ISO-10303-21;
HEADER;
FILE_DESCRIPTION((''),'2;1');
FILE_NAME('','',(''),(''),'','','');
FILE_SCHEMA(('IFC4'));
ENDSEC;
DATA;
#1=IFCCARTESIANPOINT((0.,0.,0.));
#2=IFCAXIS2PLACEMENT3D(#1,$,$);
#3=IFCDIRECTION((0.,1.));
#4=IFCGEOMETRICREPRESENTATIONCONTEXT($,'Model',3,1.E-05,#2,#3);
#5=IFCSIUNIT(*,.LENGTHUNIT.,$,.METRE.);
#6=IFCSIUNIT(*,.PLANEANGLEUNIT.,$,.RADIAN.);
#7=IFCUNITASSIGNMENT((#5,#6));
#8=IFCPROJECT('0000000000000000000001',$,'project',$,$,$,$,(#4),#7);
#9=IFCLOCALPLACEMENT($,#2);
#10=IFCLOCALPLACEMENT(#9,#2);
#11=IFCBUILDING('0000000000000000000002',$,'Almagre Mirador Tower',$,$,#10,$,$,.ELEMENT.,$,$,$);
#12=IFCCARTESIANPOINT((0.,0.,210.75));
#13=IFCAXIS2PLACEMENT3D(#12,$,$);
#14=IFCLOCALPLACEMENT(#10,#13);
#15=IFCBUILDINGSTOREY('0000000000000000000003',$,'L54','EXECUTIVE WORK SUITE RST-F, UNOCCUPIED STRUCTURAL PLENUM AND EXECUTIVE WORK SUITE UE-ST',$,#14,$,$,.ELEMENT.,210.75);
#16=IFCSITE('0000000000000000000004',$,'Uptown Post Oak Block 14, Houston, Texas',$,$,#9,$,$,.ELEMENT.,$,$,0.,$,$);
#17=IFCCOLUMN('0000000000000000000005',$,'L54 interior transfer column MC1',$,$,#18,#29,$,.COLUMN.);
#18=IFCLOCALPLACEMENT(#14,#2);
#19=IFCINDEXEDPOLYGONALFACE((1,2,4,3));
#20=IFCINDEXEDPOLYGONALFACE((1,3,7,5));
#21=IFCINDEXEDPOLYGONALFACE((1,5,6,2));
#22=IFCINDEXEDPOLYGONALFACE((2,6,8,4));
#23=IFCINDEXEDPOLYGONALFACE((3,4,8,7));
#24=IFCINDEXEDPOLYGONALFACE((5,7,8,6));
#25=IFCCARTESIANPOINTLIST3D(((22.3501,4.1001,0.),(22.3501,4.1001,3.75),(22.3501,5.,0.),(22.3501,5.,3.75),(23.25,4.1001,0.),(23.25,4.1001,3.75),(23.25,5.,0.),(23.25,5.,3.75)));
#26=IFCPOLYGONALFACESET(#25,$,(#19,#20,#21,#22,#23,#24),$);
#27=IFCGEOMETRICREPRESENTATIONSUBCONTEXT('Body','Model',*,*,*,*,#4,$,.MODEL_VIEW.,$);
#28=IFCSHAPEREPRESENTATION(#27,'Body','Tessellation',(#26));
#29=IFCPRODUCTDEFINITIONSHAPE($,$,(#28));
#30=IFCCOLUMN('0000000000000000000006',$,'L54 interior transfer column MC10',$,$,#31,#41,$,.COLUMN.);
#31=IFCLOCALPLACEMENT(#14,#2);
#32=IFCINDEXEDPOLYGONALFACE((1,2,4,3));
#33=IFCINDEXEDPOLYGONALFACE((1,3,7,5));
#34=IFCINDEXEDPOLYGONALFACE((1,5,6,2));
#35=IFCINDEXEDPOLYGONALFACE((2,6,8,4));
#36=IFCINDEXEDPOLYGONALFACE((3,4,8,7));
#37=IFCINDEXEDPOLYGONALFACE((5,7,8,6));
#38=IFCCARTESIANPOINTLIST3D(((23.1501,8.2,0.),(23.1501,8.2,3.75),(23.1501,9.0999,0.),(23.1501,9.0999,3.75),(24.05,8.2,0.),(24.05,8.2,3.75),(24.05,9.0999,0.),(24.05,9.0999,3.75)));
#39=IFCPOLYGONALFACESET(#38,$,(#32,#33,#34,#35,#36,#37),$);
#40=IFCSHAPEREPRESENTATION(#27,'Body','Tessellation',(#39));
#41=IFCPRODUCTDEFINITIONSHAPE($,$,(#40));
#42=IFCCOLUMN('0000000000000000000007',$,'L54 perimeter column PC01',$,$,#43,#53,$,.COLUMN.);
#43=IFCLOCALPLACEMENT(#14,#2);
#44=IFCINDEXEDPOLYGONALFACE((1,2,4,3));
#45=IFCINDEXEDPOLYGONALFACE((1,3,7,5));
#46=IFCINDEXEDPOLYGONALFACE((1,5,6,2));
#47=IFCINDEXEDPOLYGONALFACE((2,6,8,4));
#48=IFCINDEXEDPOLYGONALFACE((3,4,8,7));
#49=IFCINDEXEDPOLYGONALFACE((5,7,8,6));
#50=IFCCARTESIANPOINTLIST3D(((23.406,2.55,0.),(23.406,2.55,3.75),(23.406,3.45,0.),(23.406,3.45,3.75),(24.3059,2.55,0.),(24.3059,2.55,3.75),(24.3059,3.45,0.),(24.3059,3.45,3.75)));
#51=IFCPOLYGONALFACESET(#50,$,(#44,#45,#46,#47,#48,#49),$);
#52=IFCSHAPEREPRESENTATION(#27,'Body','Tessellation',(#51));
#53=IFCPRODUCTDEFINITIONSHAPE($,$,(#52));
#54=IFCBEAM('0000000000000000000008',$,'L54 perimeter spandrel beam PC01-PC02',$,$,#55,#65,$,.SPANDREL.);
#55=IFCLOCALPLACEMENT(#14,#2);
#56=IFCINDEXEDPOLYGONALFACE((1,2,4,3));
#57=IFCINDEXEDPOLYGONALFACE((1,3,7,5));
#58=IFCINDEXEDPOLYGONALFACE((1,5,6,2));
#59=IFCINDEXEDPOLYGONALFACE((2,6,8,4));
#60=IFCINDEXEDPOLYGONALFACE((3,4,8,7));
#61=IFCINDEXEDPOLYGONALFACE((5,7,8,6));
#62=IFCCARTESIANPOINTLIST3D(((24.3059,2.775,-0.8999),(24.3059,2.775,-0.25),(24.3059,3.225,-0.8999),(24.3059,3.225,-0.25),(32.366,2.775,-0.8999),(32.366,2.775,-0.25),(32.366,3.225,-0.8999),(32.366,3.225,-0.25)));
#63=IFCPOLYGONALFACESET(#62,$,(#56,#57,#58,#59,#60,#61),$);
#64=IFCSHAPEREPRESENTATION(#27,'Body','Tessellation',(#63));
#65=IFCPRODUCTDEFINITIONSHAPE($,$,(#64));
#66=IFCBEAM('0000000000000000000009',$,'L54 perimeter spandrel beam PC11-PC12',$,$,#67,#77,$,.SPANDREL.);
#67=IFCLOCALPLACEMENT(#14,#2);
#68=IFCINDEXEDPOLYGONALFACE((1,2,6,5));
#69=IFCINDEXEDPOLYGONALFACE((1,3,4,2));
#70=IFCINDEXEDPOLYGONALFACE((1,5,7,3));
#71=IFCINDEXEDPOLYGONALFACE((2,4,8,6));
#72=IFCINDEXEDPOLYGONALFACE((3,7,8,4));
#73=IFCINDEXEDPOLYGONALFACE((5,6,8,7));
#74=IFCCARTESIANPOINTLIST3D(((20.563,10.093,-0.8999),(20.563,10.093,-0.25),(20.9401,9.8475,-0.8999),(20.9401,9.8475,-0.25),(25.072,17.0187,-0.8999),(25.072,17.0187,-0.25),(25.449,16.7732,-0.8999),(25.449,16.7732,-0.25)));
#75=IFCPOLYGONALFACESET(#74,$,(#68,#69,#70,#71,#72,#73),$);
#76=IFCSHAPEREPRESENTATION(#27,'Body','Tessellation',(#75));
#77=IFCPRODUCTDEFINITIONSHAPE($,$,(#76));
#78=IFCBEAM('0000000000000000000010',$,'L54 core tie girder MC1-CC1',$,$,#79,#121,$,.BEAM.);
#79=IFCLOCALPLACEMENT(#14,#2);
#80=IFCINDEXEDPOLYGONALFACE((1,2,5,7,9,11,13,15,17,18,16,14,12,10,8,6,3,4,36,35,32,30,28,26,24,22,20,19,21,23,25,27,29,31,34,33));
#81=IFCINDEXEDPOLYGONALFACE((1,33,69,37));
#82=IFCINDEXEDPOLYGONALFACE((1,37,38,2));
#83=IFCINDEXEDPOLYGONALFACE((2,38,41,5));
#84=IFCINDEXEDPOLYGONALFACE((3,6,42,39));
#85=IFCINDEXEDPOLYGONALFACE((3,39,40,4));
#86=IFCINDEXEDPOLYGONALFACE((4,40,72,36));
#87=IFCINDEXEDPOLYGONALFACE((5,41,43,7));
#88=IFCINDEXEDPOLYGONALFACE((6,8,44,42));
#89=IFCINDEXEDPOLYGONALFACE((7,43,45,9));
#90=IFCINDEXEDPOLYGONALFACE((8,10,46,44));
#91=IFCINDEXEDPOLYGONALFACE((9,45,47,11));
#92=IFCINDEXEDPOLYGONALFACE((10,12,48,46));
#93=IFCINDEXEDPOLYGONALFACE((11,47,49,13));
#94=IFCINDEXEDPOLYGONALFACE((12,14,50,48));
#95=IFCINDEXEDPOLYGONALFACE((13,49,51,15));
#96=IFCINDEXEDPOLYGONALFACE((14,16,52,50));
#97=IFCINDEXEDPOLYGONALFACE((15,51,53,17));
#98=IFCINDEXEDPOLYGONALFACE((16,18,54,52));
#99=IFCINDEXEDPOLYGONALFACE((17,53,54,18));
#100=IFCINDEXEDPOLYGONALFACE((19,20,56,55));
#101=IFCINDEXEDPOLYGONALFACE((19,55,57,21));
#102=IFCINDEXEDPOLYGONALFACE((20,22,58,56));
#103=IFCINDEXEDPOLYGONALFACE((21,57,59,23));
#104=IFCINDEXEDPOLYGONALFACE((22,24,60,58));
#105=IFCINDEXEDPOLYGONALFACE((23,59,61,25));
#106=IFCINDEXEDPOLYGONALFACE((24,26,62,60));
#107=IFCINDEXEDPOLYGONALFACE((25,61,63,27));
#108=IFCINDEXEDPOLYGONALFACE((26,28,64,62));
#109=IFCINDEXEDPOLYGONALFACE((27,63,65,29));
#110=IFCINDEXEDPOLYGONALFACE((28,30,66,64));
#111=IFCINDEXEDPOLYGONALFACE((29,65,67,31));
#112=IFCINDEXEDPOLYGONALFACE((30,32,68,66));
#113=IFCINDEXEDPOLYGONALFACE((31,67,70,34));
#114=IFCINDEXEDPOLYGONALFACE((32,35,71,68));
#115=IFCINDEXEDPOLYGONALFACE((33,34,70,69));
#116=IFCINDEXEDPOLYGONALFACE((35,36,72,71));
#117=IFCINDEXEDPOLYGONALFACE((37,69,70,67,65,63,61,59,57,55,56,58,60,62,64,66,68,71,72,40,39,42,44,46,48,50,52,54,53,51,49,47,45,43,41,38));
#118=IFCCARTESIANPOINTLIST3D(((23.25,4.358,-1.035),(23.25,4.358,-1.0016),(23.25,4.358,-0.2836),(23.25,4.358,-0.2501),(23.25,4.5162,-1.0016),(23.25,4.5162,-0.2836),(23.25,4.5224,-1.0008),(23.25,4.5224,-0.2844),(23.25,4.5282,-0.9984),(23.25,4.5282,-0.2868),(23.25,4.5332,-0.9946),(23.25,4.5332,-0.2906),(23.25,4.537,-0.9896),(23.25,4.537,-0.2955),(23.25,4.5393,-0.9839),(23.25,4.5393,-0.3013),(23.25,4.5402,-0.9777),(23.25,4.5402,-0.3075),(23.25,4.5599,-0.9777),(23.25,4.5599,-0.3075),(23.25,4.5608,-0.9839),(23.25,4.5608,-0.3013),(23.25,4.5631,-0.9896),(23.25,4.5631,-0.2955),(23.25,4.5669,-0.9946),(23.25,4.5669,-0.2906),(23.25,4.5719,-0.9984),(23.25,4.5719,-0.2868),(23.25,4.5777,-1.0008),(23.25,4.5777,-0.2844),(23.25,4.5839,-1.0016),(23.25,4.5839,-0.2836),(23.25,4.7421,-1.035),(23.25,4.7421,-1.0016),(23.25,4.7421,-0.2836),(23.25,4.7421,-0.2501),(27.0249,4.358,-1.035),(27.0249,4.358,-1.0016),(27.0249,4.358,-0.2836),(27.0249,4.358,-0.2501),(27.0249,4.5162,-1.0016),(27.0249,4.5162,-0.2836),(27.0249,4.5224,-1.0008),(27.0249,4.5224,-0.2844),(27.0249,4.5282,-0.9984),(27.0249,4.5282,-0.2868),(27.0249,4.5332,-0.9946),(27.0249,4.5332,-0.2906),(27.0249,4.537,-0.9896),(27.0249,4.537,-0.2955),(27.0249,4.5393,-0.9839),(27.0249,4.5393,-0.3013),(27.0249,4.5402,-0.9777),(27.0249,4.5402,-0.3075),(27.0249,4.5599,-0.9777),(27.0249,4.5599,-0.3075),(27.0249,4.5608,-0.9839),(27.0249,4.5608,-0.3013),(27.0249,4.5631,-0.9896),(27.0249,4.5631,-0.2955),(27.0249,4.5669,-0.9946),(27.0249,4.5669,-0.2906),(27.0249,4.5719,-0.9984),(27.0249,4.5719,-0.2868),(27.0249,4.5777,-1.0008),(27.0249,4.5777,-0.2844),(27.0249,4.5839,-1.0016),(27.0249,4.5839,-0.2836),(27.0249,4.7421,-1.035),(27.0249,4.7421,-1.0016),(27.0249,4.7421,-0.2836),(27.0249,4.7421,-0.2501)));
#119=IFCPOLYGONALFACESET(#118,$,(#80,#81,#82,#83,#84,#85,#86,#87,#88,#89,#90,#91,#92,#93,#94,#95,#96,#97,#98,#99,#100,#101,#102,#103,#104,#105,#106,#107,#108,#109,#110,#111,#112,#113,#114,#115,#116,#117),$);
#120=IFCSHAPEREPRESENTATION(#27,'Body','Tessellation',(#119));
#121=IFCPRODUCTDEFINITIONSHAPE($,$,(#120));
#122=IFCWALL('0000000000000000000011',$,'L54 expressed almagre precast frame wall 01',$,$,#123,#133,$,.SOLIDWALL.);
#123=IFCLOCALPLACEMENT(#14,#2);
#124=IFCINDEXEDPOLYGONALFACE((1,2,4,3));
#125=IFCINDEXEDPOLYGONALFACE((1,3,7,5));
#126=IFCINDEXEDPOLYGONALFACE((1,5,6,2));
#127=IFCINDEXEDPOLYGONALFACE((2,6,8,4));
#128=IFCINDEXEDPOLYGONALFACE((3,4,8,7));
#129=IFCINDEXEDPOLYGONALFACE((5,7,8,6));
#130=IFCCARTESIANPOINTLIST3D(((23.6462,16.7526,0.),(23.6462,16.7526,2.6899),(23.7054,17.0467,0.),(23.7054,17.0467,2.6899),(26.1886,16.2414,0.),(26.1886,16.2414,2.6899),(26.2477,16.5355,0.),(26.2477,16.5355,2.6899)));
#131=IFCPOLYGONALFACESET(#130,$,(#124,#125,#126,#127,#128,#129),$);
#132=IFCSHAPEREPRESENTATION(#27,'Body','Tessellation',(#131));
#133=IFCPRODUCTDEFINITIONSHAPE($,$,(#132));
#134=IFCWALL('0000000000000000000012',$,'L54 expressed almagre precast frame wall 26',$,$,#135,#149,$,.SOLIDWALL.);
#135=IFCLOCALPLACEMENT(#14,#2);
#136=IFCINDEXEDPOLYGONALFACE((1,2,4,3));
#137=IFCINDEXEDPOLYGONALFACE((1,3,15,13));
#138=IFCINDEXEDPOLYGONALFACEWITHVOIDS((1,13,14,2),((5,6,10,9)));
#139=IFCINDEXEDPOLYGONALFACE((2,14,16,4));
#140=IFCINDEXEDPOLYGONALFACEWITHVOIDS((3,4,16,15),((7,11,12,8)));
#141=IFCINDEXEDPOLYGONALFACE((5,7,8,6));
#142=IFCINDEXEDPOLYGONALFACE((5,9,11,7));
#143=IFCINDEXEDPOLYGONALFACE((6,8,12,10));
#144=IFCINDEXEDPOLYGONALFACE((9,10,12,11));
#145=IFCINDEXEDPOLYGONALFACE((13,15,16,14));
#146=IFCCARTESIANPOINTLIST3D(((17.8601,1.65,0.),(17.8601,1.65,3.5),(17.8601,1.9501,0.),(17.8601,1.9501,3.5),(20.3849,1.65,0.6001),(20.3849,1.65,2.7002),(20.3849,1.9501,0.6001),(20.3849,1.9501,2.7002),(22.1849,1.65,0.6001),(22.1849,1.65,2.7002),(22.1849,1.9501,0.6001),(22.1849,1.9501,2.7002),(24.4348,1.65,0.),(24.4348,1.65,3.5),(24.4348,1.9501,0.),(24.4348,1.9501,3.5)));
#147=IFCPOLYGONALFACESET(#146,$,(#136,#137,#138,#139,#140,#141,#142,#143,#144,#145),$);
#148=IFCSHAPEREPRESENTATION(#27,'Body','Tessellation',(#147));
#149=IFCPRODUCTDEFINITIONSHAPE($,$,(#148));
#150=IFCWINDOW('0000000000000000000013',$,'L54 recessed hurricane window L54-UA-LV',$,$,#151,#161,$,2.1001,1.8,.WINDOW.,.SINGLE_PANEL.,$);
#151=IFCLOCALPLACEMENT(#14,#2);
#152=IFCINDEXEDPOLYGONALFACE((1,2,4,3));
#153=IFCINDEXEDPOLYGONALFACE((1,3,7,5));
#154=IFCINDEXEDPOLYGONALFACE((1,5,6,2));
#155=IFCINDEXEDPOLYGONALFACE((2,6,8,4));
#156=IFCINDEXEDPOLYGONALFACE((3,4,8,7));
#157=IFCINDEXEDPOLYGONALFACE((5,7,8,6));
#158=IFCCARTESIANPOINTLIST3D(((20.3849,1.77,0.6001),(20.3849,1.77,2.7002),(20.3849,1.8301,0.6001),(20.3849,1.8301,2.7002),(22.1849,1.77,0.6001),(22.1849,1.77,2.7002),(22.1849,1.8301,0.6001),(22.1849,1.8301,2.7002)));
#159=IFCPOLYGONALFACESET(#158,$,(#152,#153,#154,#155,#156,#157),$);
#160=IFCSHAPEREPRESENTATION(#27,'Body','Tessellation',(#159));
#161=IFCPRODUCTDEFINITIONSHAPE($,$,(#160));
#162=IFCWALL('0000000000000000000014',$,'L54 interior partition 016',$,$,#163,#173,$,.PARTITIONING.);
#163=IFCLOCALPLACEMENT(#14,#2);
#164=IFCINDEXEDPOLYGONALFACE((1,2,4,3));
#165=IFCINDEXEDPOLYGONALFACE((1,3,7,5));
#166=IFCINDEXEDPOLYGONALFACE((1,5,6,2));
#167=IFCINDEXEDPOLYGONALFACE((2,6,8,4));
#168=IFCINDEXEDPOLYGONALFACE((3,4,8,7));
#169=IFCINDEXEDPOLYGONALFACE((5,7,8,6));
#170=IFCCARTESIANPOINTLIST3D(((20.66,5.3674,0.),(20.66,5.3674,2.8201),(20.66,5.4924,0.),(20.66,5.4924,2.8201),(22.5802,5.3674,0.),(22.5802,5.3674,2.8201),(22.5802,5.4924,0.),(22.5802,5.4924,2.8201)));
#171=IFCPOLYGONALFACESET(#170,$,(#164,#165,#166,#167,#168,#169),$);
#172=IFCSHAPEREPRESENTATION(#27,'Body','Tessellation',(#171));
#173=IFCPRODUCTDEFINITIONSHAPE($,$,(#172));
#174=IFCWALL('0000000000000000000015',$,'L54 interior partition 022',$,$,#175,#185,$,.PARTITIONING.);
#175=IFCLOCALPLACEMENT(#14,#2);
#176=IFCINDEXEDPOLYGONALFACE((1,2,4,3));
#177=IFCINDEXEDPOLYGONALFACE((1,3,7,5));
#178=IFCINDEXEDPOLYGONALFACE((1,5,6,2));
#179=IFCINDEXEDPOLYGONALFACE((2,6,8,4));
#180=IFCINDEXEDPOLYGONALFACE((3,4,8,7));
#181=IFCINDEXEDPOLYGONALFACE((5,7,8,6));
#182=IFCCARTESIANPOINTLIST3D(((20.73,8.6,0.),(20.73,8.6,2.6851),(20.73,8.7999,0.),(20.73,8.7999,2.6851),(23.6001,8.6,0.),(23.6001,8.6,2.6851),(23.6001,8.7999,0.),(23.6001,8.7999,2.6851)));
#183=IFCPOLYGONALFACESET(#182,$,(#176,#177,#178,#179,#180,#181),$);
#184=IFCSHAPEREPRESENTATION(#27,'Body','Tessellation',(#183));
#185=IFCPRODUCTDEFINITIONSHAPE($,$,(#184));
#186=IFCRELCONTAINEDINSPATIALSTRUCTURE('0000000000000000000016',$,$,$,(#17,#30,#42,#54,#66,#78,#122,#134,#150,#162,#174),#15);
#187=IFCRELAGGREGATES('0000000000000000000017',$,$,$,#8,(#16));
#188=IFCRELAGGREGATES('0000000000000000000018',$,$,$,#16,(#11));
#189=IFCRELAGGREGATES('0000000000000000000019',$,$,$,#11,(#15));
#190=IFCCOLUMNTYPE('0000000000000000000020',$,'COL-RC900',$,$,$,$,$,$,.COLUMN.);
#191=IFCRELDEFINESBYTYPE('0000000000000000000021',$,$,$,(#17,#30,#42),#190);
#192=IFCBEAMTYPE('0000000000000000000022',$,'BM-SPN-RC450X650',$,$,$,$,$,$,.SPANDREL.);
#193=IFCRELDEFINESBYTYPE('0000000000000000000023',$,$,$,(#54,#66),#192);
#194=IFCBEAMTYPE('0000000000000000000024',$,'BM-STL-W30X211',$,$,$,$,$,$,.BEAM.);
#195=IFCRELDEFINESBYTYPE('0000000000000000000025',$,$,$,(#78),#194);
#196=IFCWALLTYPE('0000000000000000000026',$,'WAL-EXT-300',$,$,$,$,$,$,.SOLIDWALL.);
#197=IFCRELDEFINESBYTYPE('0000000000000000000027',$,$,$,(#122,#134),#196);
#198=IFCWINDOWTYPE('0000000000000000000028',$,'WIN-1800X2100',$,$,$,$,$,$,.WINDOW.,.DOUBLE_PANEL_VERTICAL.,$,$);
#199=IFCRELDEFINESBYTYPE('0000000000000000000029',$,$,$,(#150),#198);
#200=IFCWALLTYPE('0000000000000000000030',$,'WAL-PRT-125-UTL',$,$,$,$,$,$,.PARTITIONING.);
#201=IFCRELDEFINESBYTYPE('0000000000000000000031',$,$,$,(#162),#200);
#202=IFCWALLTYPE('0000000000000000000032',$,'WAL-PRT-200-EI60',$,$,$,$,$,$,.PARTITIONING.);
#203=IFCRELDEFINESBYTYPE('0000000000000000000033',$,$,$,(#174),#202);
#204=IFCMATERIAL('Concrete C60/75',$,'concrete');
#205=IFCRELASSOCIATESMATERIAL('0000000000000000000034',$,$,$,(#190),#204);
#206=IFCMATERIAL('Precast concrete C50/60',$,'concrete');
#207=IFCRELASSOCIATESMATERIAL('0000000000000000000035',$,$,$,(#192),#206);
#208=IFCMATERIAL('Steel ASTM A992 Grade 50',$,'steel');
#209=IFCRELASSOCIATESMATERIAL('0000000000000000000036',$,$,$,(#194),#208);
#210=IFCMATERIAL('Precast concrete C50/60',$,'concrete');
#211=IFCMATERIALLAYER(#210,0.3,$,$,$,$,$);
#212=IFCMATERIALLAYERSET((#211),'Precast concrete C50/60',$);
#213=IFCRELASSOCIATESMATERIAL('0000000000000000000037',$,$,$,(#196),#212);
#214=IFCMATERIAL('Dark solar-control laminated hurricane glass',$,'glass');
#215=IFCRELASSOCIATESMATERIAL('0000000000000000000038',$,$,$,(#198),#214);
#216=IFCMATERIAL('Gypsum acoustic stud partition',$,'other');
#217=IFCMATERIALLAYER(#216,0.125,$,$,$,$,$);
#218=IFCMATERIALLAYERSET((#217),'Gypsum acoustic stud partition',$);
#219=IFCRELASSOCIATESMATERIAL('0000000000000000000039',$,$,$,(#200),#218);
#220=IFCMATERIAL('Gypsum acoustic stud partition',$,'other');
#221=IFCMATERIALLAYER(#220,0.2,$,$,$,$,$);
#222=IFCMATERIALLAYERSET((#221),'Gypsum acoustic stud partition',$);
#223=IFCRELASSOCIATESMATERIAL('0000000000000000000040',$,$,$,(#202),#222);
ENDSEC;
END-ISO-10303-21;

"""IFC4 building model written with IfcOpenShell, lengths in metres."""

from ifc_helpers import new_model, si_unit, direction, frame, frame_2d, origin, origin_2d, place, context, subcontext, project, spatial, rectangle, i_section, extrude, material, layer, layer_set, material_profile, profile_set, type_object, element, fill, save


model = new_model("IFC4")

# Units and contexts
model_context = context("Model", 3, precision=1e-05, world=origin(), true_north=direction((0.0, 1.0)))
body_context = subcontext(model_context, "Body", "Model", "MODEL_VIEW")
ifc_project = project(units=[si_unit("LENGTHUNIT", "METRE"), si_unit("PLANEANGLEUNIT", "RADIAN")], contexts=[model_context])

# Site, building, storey
site_placement = place(None, origin())
site = spatial("IfcSite", under=ifc_project, at=site_placement, Name="Uptown Post Oak Block 14, Houston, Texas", CompositionType="ELEMENT", RefElevation=0.0)
building_placement = place(site_placement, origin())
building = spatial("IfcBuilding", under=site, at=building_placement, Name="Almagre Mirador Tower", CompositionType="ELEMENT")
storey_placement = place(building_placement, frame((0.0, 0.0, 210.75)))
storey = spatial("IfcBuildingStorey", under=building, at=storey_placement, Name="L54", Description="EXECUTIVE WORK SUITE RST-F, UNOCCUPIED STRUCTURAL PLENUM AND EXECUTIVE WORK SUITE UE-ST", CompositionType="ELEMENT", Elevation=210.75)

# Columns
ifc_material_1 = material(Name="Concrete C60/75", Category="concrete")
ifc_material_profile_1 = material_profile(ifc_material_1, rectangle(XDim=0.8999, YDim=0.8999, at=origin_2d()), Name="RC900X900")
ifc_profile_set_1 = profile_set([ifc_material_profile_1], Name="Concrete C60/75")
column_type = type_object("IfcColumnType", Name="COL-RC900", PredefinedType="COLUMN", material=ifc_profile_set_1)
for number, where, z_axis, x_axis, name in (
    (1, (22.8, 4.55, 0.0), (0.0, 0.0, 1.0), (1.0, 0.0, 0.0), "L54 interior transfer column MC1"),
    (2, (23.6001, 8.6499, 0.0), (0.0, 0.0, 1.0), (1.0, 0.0, 0.0), "L54 interior transfer column MC10"),
    (3, (23.856, 3.0, 0.0), (0.0, 0.0, 1.0), (1.0, 0.0, 0.0), "L54 perimeter column PC01"),
):
    element("IfcColumn", number, at=place(storey_placement, frame(where, z_axis=z_axis, x_axis=x_axis)), inside=storey, type_object=column_type, Name=name, PredefinedType="COLUMN", context=body_context, shape_type="SweptSolid", body=[
        extrude(rectangle(XDim=0.8999, YDim=0.8999, at=origin_2d()), origin(), (0.0, 0.0, 1.0), 3.75),
    ])

# Beams
ifc_material_2 = material(Name="Precast concrete C50/60", Category="concrete")
ifc_material_profile_2 = material_profile(ifc_material_2, rectangle(XDim=0.45, YDim=0.6499, at=origin_2d()), Name="RC450X650")
ifc_profile_set_2 = profile_set([ifc_material_profile_2], Name="Precast concrete C50/60")
beam_type_1 = type_object("IfcBeamType", Name="BM-SPN-RC450X650", PredefinedType="SPANDREL", material=ifc_profile_set_2)
beam_1_placement = place(storey_placement, frame((24.3059, 3.0, -0.575), z_axis=(1.0, 0.0, 0.0), x_axis=(0.0, 1.0, 0.0)))
element("IfcBeam", 4, at=beam_1_placement, inside=storey, type_object=beam_type_1, Name="L54 perimeter spandrel beam PC01-PC02", PredefinedType="SPANDREL", context=body_context, shape_type="SweptSolid", body=[
    extrude(rectangle(XDim=0.45, YDim=0.6499, at=origin_2d()), origin(), (0.0, 0.0, 1.0), 8.0601),
])
beam_2_placement = place(storey_placement, frame((25.2605, 16.896, -0.575), z_axis=(-0.545607, -0.838041, 0.0), x_axis=(0.838041, -0.545607, 0.0)))
element("IfcBeam", 5, at=beam_2_placement, inside=storey, type_object=beam_type_1, Name="L54 perimeter spandrel beam PC11-PC12", PredefinedType="SPANDREL", context=body_context, shape_type="SweptSolid", body=[
    extrude(rectangle(XDim=0.45, YDim=0.6499, at=origin_2d()), origin(), (0.0, 0.0, 1.0), 8.2642),
])
ifc_material_3 = material(Name="Steel ASTM A992 Grade 50", Category="steel")
ifc_material_profile_3 = material_profile(ifc_material_3, i_section(OverallWidth=0.384, OverallDepth=0.7849, WebThickness=0.0198, FlangeThickness=0.0334, FilletRadius=0.0239, at=origin_2d()), Name="W30X211")
ifc_profile_set_3 = profile_set([ifc_material_profile_3], Name="Steel ASTM A992 Grade 50")
beam_type_2 = type_object("IfcBeamType", Name="BM-STL-W30X211", PredefinedType="BEAM", material=ifc_profile_set_3)
beam_3_placement = place(storey_placement, frame((23.25, 4.55, -0.6426), z_axis=(1.0, 0.0, 0.0), x_axis=(0.0, 1.0, 0.0)))
element("IfcBeam", 6, at=beam_3_placement, inside=storey, type_object=beam_type_2, Name="L54 core tie girder MC1-CC1", PredefinedType="BEAM", context=body_context, shape_type="SweptSolid", body=[
    extrude(i_section(OverallWidth=0.384, OverallDepth=0.7849, WebThickness=0.0198, FlangeThickness=0.0334, FilletRadius=0.0239, at=origin_2d()), origin(), (0.0, 0.0, 1.0), 3.7749),
])

# Wall
ifc_material_4 = material(Name="Precast concrete C50/60", Category="concrete")
ifc_layer_1 = layer(ifc_material_4, 0.3)
ifc_layer_set_1 = layer_set([ifc_layer_1], Name="Precast concrete C50/60")
wall_type_1 = type_object("IfcWallType", Name="WAL-EXT-300", PredefinedType="SOLIDWALL", material=ifc_layer_set_1)
wall_1_placement = place(storey_placement, frame((23.6758, 16.8997, 0.0), z_axis=(0.0, 0.0, 1.0), x_axis=(0.980377, -0.19713, 0.0)))
element("IfcWall", 7, at=wall_1_placement, inside=storey, type_object=wall_type_1, Name="L54 expressed almagre precast frame wall 01", PredefinedType="SOLIDWALL", context=body_context, shape_type="SweptSolid", body=[
    extrude(rectangle(XDim=2.5933, YDim=0.3, at=frame_2d((1.2966, 0.0))), origin(), (0.0, 0.0, 1.0), 2.6899),
])

# Wall, opening, window
wall_2_placement = place(storey_placement, frame((24.4348, 1.8, 0.0), z_axis=(0.0, 0.0, 1.0), x_axis=(-1.0, 0.0, 0.0)))
wall_2 = element("IfcWall", 8, at=wall_2_placement, inside=storey, type_object=wall_type_1, Name="L54 expressed almagre precast frame wall 26", PredefinedType="SOLIDWALL", context=body_context, shape_type="SweptSolid", body=[
    extrude(rectangle(XDim=6.5747, YDim=0.3, at=frame_2d((3.2874, 0.0))), origin(), (0.0, 0.0, 1.0), 3.5),
])
opening_placement = place(wall_2_placement, frame((2.25, 0.0, 0.6001)))
opening = element("IfcOpeningElement", 9, at=opening_placement, cuts=wall_2, PredefinedType="OPENING", context=body_context, shape_type="SweptSolid", body=[
    extrude(rectangle(XDim=1.8, YDim=2.1001, at=frame_2d((0.8999, 1.05))), frame((0.0, 0.1599, 0.0), z_axis=(0.0, -1.0, 0.0), x_axis=(1.0, 0.0, 0.0)), (0.0, 0.0, 1.0), 0.32),
])
ifc_material_5 = material(Name="Dark solar-control laminated hurricane glass", Category="glass")
window_type = type_object("IfcWindowType", Name="WIN-1800X2100", PartitioningType="DOUBLE_PANEL_VERTICAL", PredefinedType="WINDOW", material=ifc_material_5)
window_placement = place(opening_placement, origin())
window = element("IfcWindow", 10, at=window_placement, inside=storey, type_object=window_type, Name="L54 recessed hurricane window L54-UA-LV", OverallHeight=2.1001, OverallWidth=1.8, PartitioningType="SINGLE_PANEL", PredefinedType="WINDOW", context=body_context, shape_type="SweptSolid", body=[
    extrude(rectangle(XDim=1.8, YDim=2.1001, at=frame_2d((0.8999, 1.05))), frame((0.0, 0.03, 0.0), z_axis=(0.0, -1.0, 0.0), x_axis=(1.0, 0.0, 0.0)), (0.0, 0.0, 1.0), 0.0601),
])
fill(opening, window)

# Walls
ifc_material_6 = material(Name="Gypsum acoustic stud partition", Category="other")
ifc_layer_2 = layer(ifc_material_6, 0.125)
ifc_layer_set_2 = layer_set([ifc_layer_2], Name="Gypsum acoustic stud partition")
wall_type_2 = type_object("IfcWallType", Name="WAL-PRT-125-UTL", PredefinedType="PARTITIONING", material=ifc_layer_set_2)
wall_3_placement = place(storey_placement, frame((22.5801, 5.4299, 0.0), z_axis=(0.0, 0.0, 1.0), x_axis=(-1.0, 0.0, 0.0)))
element("IfcWall", 11, at=wall_3_placement, inside=storey, type_object=wall_type_2, Name="L54 interior partition 016", PredefinedType="PARTITIONING", context=body_context, shape_type="SweptSolid", body=[
    extrude(rectangle(XDim=1.9202, YDim=0.125, at=frame_2d((0.96, 0.0))), origin(), (0.0, 0.0, 1.0), 2.8201),
])
ifc_material_7 = material(Name="Gypsum acoustic stud partition", Category="other")
ifc_layer_3 = layer(ifc_material_7, 0.2)
ifc_layer_set_3 = layer_set([ifc_layer_3], Name="Gypsum acoustic stud partition")
wall_type_3 = type_object("IfcWallType", Name="WAL-PRT-200-EI60", PredefinedType="PARTITIONING", material=ifc_layer_set_3)
wall_4_placement = place(storey_placement, frame((23.6001, 8.7, 0.0), z_axis=(0.0, 0.0, 1.0), x_axis=(-1.0, 0.0, 0.0)))
element("IfcWall", 12, at=wall_4_placement, inside=storey, type_object=wall_type_3, Name="L54 interior partition 022", PredefinedType="PARTITIONING", context=body_context, shape_type="SweptSolid", body=[
    extrude(rectangle(XDim=2.8701, YDim=0.2, at=frame_2d((1.4351, 0.0))), origin(), (0.0, 0.0, 1.0), 2.6851),
])

save(model, "model.ifc")
